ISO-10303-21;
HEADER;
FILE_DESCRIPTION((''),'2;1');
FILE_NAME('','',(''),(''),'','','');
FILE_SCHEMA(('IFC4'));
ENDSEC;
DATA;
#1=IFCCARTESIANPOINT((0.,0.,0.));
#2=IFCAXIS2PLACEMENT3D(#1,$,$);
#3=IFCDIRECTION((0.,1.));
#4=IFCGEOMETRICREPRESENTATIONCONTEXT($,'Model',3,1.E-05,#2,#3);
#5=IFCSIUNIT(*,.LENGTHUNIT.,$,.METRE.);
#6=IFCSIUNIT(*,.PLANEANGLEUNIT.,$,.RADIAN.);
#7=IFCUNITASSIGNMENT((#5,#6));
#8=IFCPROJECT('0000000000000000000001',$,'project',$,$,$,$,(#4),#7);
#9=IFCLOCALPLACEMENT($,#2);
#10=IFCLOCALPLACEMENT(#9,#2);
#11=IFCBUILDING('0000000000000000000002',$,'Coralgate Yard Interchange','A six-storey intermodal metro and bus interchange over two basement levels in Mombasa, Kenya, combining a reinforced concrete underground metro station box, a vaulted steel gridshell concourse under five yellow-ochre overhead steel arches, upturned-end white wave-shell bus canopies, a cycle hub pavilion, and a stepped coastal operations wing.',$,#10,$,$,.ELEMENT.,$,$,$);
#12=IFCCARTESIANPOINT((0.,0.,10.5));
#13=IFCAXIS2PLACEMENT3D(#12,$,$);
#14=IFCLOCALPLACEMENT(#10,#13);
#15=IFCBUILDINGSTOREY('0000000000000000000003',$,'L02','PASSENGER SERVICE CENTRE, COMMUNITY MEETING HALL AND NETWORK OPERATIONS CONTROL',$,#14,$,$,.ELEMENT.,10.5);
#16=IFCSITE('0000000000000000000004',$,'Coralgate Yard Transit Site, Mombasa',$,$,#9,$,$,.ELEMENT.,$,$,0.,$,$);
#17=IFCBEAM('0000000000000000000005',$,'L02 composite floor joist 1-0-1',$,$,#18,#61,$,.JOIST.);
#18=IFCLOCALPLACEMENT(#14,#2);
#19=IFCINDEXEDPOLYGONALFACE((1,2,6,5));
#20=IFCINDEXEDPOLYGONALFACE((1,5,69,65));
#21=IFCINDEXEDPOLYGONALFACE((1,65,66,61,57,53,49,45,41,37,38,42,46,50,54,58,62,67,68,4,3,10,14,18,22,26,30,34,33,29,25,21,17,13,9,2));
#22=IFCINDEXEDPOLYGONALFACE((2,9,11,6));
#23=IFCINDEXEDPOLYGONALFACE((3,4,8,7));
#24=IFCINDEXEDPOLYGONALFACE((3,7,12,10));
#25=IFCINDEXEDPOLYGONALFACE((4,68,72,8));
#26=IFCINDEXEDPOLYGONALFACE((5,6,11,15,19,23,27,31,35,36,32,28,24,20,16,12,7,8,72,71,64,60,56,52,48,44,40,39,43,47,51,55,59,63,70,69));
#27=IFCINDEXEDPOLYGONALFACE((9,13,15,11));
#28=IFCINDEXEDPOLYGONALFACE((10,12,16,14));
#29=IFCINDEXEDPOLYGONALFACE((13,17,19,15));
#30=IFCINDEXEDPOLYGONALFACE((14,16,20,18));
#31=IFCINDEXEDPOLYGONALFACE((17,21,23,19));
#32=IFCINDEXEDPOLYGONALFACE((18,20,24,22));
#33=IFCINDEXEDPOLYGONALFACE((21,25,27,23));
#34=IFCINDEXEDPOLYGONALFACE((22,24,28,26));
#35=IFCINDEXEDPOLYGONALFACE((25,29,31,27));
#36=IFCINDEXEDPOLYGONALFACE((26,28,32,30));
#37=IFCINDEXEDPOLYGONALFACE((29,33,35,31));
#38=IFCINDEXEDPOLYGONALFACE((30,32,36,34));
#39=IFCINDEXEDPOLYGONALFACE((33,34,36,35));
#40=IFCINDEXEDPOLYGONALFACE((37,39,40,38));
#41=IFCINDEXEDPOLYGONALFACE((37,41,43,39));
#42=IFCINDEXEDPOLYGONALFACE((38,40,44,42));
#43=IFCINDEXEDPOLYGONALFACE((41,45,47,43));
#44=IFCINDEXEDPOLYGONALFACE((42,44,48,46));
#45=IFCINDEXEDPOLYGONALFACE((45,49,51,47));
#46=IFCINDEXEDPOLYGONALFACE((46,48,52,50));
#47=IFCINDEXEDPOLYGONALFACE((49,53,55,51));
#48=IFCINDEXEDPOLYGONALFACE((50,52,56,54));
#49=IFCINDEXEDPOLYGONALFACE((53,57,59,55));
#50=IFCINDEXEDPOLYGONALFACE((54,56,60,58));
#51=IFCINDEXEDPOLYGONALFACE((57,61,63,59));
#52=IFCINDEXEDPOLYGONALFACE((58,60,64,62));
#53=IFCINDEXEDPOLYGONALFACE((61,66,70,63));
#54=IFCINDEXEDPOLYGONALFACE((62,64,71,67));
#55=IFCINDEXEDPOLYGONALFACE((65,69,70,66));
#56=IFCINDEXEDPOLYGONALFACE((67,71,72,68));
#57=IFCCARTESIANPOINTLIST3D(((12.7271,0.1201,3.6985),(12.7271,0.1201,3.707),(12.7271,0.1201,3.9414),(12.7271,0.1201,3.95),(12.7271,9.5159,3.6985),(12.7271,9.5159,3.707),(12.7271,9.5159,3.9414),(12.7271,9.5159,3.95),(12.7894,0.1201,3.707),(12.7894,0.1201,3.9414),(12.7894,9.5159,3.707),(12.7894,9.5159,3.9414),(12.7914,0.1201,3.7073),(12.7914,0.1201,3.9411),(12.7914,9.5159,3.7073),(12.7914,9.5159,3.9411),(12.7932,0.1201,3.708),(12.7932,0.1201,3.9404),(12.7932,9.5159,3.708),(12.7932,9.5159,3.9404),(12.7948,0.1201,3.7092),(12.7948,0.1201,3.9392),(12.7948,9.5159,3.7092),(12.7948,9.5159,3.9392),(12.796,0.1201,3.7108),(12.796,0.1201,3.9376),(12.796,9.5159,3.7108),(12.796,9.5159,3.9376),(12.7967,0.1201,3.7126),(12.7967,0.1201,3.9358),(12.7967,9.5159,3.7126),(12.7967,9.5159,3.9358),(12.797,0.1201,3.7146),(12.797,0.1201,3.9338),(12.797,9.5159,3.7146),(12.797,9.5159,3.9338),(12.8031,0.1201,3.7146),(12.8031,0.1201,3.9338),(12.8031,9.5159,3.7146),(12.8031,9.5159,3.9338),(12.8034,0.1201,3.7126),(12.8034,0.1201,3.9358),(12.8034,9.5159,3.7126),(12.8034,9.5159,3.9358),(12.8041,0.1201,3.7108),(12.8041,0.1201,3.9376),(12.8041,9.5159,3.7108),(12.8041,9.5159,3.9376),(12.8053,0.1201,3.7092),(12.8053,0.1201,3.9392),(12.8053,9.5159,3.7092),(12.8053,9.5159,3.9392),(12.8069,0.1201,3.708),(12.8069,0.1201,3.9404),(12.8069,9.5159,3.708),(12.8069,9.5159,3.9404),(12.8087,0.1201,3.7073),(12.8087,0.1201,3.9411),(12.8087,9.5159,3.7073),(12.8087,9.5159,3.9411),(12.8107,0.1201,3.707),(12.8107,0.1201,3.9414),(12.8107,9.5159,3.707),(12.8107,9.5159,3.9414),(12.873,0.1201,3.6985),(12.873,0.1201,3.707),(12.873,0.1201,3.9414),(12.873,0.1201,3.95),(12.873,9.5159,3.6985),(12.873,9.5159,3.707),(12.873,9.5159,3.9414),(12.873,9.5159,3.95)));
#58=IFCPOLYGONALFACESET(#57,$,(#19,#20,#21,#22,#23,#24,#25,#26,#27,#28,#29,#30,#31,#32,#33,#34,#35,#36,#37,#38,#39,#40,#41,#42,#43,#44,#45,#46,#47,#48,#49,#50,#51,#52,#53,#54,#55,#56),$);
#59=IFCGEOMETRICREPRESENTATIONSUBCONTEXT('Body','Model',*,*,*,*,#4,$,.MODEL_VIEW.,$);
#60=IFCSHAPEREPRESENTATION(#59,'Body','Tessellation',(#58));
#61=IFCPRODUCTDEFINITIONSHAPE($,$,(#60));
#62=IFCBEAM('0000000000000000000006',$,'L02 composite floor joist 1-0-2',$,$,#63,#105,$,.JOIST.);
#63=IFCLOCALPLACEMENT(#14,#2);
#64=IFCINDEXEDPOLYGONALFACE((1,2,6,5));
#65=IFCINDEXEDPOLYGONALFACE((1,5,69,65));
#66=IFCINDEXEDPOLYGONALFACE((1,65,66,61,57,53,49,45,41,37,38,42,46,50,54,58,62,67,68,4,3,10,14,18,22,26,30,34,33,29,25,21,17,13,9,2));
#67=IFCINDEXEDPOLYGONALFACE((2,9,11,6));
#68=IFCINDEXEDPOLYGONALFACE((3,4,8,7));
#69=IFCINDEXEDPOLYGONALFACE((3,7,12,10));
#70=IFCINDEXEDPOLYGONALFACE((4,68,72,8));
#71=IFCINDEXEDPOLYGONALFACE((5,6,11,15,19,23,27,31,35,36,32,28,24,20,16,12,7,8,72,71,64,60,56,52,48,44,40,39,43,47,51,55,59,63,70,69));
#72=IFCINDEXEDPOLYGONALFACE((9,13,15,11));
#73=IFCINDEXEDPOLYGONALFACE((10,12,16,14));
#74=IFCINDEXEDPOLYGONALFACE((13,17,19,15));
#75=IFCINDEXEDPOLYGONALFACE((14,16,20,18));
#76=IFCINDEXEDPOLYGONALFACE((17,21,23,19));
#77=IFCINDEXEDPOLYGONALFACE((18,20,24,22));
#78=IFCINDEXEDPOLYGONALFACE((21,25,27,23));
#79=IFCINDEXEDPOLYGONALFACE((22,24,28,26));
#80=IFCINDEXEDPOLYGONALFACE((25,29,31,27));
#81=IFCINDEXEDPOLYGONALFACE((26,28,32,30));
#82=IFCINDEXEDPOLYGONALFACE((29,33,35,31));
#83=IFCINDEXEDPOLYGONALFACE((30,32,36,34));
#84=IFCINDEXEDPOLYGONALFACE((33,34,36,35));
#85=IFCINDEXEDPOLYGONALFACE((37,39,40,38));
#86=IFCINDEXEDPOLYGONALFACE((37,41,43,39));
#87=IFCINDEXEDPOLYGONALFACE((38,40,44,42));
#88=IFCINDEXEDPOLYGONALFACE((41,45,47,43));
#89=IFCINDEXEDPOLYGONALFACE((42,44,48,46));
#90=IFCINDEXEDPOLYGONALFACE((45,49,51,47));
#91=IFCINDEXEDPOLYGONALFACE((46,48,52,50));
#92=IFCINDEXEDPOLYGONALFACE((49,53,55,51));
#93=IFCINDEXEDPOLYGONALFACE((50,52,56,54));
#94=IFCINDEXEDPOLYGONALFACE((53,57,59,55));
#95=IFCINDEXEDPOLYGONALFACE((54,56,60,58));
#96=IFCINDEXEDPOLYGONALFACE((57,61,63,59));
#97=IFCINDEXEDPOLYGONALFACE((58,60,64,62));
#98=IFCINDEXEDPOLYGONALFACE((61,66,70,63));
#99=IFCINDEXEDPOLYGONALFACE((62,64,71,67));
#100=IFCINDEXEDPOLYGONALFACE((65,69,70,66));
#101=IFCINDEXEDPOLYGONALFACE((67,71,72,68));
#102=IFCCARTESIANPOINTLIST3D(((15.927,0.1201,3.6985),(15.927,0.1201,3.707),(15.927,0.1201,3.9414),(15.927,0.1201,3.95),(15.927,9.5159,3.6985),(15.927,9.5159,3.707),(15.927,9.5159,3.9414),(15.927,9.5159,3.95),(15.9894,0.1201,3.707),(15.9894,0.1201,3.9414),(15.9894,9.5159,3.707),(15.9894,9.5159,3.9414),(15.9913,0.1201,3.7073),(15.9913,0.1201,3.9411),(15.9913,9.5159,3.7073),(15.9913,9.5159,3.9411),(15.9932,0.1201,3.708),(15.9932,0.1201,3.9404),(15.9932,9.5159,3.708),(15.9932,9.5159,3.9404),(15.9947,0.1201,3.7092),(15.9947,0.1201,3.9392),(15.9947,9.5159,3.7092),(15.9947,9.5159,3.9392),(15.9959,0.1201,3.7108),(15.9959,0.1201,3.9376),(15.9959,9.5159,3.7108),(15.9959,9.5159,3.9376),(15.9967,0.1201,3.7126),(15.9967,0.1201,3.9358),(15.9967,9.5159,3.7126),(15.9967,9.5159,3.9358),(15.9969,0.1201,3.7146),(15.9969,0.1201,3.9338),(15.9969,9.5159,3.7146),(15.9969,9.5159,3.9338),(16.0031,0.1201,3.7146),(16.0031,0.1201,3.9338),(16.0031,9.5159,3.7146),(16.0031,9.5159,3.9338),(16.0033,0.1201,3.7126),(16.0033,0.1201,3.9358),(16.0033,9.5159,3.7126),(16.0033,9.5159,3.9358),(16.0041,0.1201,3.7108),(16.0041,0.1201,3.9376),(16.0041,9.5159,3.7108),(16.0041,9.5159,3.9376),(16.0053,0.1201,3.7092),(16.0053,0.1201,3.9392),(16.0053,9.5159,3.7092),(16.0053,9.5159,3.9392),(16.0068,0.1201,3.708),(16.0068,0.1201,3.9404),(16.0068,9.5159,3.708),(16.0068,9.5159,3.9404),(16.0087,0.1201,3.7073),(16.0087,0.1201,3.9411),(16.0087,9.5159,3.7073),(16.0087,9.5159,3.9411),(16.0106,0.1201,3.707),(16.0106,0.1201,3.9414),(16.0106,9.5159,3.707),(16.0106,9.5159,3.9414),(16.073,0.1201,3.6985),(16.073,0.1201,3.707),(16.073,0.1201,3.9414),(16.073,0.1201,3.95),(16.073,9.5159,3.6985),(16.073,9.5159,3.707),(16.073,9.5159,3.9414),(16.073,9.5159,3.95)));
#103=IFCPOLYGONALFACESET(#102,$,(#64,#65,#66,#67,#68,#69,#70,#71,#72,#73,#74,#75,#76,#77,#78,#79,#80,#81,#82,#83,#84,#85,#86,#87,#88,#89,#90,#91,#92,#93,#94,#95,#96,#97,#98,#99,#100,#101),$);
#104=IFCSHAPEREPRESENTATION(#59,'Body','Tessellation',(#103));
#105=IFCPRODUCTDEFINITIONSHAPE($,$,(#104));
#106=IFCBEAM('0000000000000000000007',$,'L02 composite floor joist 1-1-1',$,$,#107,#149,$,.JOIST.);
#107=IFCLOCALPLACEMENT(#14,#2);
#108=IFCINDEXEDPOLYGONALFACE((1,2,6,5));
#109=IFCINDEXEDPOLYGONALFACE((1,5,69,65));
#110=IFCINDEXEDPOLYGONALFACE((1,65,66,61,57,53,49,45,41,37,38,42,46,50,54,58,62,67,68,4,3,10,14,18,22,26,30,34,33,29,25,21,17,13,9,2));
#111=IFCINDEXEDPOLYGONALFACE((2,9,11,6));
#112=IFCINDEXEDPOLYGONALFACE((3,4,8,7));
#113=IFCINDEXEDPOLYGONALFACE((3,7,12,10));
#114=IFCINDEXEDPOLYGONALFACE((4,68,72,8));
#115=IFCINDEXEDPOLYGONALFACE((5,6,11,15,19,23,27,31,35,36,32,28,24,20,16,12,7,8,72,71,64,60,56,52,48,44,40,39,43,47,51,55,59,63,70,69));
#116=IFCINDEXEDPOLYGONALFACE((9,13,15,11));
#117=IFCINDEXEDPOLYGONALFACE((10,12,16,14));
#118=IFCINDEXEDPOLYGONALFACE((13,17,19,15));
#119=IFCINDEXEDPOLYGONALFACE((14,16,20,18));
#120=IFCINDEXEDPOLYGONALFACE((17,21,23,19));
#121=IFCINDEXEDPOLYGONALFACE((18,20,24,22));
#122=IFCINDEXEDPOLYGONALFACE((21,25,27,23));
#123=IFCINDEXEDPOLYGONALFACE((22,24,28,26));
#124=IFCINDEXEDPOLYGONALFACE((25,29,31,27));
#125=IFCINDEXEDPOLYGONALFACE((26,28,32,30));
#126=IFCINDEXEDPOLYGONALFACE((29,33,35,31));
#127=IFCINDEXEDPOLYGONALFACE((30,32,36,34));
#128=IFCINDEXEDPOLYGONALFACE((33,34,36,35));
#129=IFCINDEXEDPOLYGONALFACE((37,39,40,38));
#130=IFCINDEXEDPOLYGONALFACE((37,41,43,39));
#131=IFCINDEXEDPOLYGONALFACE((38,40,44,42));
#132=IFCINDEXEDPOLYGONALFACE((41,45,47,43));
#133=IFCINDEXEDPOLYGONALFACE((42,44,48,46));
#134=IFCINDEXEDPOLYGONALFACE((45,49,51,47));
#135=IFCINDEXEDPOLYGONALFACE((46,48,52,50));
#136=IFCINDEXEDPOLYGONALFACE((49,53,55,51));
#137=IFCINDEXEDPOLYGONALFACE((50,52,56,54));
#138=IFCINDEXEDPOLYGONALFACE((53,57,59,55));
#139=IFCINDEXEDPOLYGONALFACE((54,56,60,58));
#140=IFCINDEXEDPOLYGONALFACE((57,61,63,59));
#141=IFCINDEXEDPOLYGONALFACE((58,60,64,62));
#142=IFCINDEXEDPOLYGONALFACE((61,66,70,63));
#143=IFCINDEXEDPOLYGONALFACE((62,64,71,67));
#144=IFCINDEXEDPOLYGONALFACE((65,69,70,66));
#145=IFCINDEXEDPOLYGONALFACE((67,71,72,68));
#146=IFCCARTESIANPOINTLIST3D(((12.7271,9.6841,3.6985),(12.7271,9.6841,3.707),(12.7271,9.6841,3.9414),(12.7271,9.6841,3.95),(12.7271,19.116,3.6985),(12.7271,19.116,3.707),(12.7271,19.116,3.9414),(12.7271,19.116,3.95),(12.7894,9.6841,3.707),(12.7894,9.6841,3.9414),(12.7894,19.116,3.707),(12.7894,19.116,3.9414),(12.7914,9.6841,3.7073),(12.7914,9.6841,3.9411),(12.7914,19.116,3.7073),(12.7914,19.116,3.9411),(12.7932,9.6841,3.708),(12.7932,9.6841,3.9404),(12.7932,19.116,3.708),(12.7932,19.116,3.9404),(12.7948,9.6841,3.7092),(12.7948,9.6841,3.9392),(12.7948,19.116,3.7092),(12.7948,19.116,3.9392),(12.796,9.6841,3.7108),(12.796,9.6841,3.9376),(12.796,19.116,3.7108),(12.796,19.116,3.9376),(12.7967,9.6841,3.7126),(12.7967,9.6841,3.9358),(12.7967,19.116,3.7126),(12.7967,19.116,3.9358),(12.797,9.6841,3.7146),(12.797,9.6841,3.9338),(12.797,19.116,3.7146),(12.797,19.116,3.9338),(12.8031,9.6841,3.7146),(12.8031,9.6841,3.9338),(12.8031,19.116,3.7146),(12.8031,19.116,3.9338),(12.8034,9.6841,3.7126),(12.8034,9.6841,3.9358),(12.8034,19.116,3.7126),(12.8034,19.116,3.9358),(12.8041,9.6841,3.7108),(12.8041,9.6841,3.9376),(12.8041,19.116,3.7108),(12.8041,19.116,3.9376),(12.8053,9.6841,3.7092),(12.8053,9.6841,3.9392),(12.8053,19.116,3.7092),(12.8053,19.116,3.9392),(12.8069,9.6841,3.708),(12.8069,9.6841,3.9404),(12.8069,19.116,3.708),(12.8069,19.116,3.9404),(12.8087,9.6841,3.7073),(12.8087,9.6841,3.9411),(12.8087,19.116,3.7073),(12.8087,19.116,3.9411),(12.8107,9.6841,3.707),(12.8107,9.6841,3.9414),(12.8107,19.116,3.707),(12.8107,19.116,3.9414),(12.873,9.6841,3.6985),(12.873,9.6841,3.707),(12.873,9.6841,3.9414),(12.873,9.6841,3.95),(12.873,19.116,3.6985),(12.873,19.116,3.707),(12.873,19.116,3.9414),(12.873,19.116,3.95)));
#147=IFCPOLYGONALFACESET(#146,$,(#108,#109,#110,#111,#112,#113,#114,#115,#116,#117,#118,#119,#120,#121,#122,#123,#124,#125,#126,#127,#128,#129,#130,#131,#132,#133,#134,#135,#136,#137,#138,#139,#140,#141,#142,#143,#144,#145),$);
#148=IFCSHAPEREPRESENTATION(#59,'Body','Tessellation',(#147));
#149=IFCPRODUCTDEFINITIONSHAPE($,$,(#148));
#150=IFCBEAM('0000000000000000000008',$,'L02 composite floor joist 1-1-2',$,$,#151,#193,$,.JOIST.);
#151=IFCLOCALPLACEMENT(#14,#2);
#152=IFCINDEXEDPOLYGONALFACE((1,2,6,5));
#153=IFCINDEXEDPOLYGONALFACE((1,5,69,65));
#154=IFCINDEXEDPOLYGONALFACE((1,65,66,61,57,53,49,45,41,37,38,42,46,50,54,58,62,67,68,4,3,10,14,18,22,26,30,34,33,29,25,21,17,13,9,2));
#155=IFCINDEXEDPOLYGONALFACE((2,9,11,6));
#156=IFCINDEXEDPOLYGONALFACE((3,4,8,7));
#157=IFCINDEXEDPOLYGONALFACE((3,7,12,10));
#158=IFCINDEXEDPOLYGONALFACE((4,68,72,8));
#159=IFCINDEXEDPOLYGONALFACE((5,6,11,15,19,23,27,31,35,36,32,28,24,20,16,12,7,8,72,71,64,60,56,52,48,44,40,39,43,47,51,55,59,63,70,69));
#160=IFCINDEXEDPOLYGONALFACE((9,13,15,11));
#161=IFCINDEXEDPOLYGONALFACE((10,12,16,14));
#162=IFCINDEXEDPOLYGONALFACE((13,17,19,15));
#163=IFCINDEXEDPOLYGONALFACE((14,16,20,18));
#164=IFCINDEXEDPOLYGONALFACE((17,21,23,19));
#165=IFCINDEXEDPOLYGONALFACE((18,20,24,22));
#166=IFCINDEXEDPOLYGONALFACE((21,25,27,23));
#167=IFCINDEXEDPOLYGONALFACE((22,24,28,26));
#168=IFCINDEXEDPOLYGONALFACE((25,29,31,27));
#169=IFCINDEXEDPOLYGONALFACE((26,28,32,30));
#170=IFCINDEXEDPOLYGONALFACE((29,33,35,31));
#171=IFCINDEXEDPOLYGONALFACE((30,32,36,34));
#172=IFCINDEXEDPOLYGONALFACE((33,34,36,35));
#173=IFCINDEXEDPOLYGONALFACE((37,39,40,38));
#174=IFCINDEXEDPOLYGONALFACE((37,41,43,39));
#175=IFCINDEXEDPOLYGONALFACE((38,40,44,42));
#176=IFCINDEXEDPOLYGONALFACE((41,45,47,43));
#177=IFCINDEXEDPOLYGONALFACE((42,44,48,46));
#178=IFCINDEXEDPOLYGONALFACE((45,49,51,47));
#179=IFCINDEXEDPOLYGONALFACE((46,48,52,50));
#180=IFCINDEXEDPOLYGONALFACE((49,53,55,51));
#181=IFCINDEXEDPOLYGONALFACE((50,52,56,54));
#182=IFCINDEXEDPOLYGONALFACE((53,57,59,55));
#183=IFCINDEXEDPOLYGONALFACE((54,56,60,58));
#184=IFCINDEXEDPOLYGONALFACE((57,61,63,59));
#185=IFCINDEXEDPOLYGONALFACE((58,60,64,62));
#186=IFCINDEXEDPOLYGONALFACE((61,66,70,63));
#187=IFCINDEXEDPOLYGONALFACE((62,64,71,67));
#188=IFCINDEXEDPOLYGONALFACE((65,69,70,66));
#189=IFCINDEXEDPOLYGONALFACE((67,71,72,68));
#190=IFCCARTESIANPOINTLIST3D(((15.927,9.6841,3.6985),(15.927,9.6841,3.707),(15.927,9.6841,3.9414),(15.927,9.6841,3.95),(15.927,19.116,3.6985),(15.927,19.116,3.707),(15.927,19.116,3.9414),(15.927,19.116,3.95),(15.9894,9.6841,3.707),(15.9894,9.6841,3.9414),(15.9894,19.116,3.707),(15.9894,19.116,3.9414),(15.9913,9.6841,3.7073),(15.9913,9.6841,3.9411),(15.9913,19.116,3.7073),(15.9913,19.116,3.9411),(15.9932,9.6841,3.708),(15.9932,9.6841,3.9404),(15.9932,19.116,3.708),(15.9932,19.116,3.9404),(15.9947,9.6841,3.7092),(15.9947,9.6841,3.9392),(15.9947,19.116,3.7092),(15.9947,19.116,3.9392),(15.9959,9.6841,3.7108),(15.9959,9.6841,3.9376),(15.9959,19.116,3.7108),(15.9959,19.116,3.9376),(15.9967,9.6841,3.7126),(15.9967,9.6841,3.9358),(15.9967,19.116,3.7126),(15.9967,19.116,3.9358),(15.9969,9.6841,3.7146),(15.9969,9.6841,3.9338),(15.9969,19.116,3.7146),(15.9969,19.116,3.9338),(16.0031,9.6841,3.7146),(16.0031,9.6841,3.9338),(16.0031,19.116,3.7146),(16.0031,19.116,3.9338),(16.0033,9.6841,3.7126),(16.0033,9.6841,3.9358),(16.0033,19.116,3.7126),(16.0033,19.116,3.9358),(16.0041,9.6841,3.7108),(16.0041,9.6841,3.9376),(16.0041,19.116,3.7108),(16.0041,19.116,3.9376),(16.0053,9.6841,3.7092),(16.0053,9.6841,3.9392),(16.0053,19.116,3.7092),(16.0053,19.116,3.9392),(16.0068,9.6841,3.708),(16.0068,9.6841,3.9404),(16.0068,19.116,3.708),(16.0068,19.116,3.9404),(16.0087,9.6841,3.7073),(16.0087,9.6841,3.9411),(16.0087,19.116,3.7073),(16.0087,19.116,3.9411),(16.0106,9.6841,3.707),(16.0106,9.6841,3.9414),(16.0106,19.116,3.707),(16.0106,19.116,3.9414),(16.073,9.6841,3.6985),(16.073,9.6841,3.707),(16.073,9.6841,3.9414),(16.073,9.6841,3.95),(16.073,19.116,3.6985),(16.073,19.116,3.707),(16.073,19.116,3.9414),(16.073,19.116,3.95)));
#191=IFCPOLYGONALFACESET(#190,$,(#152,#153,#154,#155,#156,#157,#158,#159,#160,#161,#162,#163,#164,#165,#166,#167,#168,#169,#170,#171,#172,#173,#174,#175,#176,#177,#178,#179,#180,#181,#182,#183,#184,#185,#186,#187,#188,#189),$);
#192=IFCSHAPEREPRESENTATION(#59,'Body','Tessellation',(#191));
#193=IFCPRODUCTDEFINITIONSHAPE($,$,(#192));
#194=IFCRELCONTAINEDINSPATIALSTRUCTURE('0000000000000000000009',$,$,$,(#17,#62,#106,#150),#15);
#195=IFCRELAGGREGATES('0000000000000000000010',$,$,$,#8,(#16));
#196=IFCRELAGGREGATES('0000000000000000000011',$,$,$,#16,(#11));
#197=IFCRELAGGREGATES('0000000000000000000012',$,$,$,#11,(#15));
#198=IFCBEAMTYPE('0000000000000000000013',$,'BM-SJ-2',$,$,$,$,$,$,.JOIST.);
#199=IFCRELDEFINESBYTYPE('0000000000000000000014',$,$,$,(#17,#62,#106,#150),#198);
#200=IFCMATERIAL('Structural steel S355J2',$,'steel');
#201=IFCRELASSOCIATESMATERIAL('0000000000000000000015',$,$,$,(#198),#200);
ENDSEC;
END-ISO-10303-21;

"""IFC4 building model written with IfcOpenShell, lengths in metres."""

from ifc_helpers import new_model, si_unit, direction, frame, origin, origin_2d, place, context, subcontext, project, spatial, i_section, extrude, material, material_profile, profile_set, type_object, element, save


model = new_model("IFC4")

# Units and contexts
model_context = context("Model", 3, precision=1e-05, world=origin(), true_north=direction((0.0, 1.0)))
body_context = subcontext(model_context, "Body", "Model", "MODEL_VIEW")
ifc_project = project(units=[si_unit("LENGTHUNIT", "METRE"), si_unit("PLANEANGLEUNIT", "RADIAN")], contexts=[model_context])

# Site, building, storey
site_placement = place(None, origin())
site = spatial("IfcSite", under=ifc_project, at=site_placement, Name="Coralgate Yard Transit Site, Mombasa", CompositionType="ELEMENT", RefElevation=0.0)
building_placement = place(site_placement, origin())
building = spatial("IfcBuilding", under=site, at=building_placement, Name="Coralgate Yard Interchange", Description="A six-storey intermodal metro and bus interchange over two basement levels in Mombasa, Kenya, combining a reinforced concrete underground metro station box, a vaulted steel gridshell concourse under five yellow-ochre overhead steel arches, upturned-end white wave-shell bus canopies, a cycle hub pavilion, and a stepped coastal operations wing.", CompositionType="ELEMENT")
storey_placement = place(building_placement, frame((0.0, 0.0, 10.5)))
storey = spatial("IfcBuildingStorey", under=building, at=storey_placement, Name="L02", Description="PASSENGER SERVICE CENTRE, COMMUNITY MEETING HALL AND NETWORK OPERATIONS CONTROL", CompositionType="ELEMENT", Elevation=10.5)

# Beams
ifc_material_1 = material(Name="Structural steel S355J2", Category="steel")
ifc_material_profile_1 = material_profile(ifc_material_1, i_section(OverallWidth=0.146, OverallDepth=0.2515, WebThickness=0.0061, FlangeThickness=0.0085, FilletRadius=0.0076, at=origin_2d()), Name="UB 254x146x31")
ifc_profile_set_1 = profile_set([ifc_material_profile_1], Name="Structural steel S355J2")
beam_type = type_object("IfcBeamType", Name="BM-SJ-2", PredefinedType="JOIST", material=ifc_profile_set_1)
for number, where, z_axis, x_axis, name in (
    (1, (12.8, 0.1201, 3.8242), (0.0, 1.0, 0.0), (-1.0, 0.0, 0.0), "L02 composite floor joist 1-0-1"),
    (2, (16.0, 0.1201, 3.8242), (0.0, 1.0, 0.0), (-1.0, 0.0, 0.0), "L02 composite floor joist 1-0-2"),
):
    element("IfcBeam", number, at=place(storey_placement, frame(where, z_axis=z_axis, x_axis=x_axis)), inside=storey, type_object=beam_type, Name=name, PredefinedType="JOIST", context=body_context, shape_type="SweptSolid", body=[
        extrude(i_section(OverallWidth=0.146, OverallDepth=0.2515, WebThickness=0.0061, FlangeThickness=0.0085, FilletRadius=0.0076, at=origin_2d()), origin(), (0.0, 0.0, 1.0), 9.3958),
    ])
for number, where, z_axis, x_axis, name in (
    (3, (12.8, 9.6841, 3.8242), (0.0, 1.0, 0.0), (-1.0, 0.0, 0.0), "L02 composite floor joist 1-1-1"),
    (4, (16.0, 9.6841, 3.8242), (0.0, 1.0, 0.0), (-1.0, 0.0, 0.0), "L02 composite floor joist 1-1-2"),
):
    element("IfcBeam", number, at=place(storey_placement, frame(where, z_axis=z_axis, x_axis=x_axis)), inside=storey, type_object=beam_type, Name=name, PredefinedType="JOIST", context=body_context, shape_type="SweptSolid", body=[
        extrude(i_section(OverallWidth=0.146, OverallDepth=0.2515, WebThickness=0.0061, FlangeThickness=0.0085, FilletRadius=0.0076, at=origin_2d()), origin(), (0.0, 0.0, 1.0), 9.4319),
    ])

save(model, "model.ifc")
